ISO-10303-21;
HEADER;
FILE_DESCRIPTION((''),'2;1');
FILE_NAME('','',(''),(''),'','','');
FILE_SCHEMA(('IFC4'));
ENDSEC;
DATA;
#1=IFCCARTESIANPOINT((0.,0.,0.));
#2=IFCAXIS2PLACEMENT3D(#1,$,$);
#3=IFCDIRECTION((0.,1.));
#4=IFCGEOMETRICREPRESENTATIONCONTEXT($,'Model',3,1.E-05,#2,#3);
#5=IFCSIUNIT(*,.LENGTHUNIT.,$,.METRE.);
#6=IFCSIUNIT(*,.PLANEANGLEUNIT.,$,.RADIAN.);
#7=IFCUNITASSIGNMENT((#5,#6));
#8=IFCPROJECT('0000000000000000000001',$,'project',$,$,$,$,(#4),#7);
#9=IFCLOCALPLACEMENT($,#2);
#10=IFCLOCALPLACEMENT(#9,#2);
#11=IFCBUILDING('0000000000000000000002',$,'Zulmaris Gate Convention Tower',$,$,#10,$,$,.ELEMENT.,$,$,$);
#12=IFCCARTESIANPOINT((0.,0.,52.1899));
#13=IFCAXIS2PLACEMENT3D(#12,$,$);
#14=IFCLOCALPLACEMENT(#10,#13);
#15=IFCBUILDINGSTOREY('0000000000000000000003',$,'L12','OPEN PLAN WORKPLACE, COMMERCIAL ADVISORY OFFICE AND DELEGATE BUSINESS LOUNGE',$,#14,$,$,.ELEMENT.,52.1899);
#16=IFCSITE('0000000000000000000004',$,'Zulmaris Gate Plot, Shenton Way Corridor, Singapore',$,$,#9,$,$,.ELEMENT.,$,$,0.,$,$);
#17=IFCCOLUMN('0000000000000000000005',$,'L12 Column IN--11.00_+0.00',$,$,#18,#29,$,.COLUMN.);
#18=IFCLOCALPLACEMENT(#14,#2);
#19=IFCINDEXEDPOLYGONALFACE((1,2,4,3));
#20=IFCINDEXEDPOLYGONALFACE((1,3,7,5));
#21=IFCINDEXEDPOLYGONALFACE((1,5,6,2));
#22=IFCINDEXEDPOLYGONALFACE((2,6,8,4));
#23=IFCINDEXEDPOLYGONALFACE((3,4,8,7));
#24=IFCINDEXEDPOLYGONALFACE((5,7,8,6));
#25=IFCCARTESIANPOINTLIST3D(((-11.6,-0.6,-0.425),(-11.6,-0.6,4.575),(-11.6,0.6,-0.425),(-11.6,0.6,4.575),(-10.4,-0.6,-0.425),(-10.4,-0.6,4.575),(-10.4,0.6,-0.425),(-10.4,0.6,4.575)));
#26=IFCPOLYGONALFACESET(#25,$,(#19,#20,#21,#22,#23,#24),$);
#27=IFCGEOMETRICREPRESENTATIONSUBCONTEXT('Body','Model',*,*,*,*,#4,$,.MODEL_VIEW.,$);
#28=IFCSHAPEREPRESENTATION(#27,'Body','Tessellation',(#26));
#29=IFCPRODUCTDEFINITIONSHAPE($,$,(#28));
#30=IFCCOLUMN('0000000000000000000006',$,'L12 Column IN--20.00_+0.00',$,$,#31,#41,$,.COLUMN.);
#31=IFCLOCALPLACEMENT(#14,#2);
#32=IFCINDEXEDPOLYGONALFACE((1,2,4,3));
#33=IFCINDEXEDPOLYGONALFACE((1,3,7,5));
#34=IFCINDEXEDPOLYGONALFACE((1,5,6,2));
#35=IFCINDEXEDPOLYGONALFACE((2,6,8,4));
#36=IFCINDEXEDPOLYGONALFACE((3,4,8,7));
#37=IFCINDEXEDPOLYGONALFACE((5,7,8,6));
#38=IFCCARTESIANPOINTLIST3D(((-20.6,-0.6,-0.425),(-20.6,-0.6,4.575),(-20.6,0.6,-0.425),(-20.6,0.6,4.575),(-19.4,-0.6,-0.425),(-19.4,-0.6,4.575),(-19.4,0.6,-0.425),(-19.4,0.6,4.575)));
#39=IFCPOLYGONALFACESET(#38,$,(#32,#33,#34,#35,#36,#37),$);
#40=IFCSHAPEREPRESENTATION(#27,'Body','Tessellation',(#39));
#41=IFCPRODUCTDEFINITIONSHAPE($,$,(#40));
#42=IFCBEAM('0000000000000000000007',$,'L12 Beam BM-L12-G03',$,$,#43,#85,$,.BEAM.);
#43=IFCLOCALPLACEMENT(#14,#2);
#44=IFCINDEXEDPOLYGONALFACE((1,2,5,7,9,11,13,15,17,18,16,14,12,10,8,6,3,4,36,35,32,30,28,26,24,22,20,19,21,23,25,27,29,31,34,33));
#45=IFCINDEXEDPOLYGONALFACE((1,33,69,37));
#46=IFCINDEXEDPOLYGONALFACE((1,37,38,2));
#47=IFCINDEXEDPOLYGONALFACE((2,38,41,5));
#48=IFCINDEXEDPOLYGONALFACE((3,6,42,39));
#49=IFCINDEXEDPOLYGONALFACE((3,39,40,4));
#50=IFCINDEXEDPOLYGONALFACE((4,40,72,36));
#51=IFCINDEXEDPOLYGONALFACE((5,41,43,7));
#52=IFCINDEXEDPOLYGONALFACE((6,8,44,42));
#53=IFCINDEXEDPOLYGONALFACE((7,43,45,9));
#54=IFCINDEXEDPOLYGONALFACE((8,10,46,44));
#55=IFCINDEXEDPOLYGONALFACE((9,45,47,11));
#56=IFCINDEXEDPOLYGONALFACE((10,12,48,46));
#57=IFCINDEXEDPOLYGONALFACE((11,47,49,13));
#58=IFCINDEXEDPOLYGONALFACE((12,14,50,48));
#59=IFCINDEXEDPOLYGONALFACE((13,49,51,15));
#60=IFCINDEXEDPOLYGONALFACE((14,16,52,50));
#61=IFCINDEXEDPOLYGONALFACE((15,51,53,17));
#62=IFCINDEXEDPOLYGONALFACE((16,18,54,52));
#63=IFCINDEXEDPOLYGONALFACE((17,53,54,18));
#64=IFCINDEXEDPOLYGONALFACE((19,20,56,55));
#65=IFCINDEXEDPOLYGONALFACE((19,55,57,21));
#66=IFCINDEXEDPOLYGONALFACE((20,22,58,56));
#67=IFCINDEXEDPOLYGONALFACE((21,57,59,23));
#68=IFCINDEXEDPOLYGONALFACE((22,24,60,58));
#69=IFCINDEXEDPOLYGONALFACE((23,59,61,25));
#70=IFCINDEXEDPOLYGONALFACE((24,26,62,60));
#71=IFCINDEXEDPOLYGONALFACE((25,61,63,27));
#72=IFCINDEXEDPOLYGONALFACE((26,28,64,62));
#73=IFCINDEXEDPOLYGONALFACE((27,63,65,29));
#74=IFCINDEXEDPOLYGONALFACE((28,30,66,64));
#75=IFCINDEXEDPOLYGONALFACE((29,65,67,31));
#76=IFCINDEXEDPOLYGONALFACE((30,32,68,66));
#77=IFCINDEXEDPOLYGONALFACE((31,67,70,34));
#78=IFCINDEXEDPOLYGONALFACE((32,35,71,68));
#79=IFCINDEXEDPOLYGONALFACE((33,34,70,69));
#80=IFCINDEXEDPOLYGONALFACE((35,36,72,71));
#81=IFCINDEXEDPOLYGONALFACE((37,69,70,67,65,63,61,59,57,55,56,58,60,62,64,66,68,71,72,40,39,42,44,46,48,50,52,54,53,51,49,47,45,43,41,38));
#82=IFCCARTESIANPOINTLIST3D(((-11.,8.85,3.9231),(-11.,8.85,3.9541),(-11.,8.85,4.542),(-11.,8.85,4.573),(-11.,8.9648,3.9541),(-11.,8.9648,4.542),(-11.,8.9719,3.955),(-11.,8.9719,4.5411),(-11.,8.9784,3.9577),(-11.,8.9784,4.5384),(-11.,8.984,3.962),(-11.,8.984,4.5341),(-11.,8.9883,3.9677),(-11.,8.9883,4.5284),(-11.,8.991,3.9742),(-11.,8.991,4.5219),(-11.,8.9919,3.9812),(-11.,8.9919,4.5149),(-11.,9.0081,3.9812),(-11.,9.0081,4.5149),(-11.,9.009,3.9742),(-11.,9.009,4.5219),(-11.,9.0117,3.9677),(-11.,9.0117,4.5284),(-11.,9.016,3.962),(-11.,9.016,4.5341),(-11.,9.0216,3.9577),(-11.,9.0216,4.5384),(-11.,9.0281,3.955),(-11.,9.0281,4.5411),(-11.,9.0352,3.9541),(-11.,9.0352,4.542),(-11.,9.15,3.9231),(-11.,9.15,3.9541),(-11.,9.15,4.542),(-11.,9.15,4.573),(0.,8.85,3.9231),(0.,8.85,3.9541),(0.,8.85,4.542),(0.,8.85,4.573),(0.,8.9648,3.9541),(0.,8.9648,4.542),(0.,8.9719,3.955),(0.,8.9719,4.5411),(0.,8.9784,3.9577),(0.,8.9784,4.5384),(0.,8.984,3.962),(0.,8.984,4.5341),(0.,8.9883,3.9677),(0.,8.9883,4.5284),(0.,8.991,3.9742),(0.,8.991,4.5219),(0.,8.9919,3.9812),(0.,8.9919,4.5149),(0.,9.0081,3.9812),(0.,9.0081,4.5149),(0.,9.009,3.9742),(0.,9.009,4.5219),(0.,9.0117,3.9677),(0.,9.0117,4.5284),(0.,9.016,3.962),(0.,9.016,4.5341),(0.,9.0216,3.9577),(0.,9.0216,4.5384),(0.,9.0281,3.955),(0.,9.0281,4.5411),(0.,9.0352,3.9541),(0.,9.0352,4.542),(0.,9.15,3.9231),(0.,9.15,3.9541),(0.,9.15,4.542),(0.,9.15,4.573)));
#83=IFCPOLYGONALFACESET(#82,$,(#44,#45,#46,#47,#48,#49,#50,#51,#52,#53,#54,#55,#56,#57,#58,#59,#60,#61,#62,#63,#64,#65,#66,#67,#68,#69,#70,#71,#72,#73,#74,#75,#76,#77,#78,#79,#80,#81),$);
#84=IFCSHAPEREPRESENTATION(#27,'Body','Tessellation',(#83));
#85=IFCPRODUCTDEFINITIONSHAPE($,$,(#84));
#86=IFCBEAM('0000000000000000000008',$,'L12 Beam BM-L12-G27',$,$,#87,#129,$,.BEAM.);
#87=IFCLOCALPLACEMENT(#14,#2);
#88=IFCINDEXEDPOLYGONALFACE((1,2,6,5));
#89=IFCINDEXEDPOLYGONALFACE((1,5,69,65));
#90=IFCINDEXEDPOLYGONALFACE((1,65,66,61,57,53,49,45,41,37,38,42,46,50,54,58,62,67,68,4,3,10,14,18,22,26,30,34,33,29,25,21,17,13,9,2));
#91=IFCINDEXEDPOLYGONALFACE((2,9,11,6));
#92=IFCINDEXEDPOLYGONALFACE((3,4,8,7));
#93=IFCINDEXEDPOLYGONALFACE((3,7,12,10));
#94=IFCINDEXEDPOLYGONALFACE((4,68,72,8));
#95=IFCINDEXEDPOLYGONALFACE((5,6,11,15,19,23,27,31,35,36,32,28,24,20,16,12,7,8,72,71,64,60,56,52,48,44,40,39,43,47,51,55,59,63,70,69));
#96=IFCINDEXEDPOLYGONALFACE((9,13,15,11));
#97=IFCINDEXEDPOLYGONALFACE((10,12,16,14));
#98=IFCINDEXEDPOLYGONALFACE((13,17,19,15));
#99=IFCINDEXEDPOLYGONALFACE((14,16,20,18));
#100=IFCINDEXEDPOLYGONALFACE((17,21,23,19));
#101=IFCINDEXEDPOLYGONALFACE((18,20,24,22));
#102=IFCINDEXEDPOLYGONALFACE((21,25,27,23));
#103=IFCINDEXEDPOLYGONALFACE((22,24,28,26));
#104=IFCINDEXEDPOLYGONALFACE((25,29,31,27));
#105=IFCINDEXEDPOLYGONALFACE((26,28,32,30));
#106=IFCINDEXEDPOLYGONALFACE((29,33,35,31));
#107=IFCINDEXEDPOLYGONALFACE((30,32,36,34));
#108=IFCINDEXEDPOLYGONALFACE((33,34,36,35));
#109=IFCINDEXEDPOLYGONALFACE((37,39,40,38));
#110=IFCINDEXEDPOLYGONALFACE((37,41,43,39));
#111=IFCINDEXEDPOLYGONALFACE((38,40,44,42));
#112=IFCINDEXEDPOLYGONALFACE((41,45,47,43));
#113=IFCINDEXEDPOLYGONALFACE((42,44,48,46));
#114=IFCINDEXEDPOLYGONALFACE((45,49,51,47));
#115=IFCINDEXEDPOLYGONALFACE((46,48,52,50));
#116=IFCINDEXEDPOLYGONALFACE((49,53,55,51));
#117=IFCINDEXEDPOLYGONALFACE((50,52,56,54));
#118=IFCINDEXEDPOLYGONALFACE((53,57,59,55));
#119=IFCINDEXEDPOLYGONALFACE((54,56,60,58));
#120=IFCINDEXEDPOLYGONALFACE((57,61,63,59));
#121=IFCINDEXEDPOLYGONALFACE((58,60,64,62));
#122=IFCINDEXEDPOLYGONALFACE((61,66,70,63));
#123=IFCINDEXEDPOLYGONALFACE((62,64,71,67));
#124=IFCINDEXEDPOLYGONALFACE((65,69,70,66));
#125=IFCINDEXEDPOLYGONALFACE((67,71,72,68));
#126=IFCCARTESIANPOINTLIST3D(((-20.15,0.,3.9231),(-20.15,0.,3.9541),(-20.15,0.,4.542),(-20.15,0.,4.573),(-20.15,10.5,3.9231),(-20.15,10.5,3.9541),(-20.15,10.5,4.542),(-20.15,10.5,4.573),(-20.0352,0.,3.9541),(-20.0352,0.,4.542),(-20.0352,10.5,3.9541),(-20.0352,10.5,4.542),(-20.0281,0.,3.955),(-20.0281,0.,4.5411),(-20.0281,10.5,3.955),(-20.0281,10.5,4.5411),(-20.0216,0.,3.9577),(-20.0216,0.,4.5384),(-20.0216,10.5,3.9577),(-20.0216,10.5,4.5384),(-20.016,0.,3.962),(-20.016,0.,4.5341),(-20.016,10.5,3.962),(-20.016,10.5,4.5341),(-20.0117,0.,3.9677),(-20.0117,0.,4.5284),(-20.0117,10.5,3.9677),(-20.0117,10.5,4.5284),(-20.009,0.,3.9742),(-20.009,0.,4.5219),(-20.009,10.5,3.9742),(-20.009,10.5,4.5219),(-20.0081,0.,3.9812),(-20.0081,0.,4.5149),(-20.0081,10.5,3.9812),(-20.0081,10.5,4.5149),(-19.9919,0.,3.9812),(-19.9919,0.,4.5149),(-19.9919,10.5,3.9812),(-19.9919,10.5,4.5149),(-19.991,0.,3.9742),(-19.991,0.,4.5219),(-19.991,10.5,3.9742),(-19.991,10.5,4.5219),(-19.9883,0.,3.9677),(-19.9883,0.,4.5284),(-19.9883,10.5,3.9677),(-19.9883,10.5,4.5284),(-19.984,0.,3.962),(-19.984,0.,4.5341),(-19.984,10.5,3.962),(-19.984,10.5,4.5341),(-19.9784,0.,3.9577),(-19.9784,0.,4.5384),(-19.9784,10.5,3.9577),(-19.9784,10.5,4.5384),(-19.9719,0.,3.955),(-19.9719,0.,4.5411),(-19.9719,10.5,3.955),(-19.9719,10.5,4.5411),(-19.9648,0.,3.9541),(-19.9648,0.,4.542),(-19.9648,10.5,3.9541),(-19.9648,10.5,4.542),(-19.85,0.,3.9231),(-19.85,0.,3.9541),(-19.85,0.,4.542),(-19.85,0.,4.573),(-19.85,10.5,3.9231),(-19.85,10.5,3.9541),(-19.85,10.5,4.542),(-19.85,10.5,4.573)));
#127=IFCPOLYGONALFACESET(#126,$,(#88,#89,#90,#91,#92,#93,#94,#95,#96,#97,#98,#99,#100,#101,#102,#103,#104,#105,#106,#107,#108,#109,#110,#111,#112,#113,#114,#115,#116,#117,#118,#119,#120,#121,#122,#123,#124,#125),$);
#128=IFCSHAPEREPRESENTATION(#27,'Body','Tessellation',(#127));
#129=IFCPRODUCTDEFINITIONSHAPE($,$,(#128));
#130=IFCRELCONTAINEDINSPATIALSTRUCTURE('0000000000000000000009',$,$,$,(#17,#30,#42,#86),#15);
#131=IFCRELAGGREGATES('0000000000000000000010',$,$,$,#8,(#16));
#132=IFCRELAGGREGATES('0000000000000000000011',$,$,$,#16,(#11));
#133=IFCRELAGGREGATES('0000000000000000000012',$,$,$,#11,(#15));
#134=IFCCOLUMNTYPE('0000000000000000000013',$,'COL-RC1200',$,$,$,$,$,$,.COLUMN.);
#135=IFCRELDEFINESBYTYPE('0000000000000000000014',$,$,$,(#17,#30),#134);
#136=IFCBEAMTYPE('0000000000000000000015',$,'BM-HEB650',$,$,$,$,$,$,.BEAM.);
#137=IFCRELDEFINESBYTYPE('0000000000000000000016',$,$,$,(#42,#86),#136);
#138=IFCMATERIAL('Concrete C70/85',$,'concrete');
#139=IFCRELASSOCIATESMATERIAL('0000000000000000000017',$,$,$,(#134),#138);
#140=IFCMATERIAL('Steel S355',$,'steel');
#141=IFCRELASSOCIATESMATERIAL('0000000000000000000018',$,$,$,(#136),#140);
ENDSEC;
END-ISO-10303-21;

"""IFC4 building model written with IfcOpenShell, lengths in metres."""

from ifc_helpers import new_model, si_unit, direction, frame, origin, origin_2d, place, context, subcontext, project, spatial, rectangle, i_section, extrude, material, material_profile, profile_set, type_object, element, save


model = new_model("IFC4")

# Units and contexts
model_context = context("Model", 3, precision=1e-05, world=origin(), true_north=direction((0.0, 1.0)))
body_context = subcontext(model_context, "Body", "Model", "MODEL_VIEW")
ifc_project = project(units=[si_unit("LENGTHUNIT", "METRE"), si_unit("PLANEANGLEUNIT", "RADIAN")], contexts=[model_context])

# Site, building, storey
site_placement = place(None, origin())
site = spatial("IfcSite", under=ifc_project, at=site_placement, Name="Zulmaris Gate Plot, Shenton Way Corridor, Singapore", CompositionType="ELEMENT", RefElevation=0.0)
building_placement = place(site_placement, origin())
building = spatial("IfcBuilding", under=site, at=building_placement, Name="Zulmaris Gate Convention Tower", CompositionType="ELEMENT")
storey_placement = place(building_placement, frame((0.0, 0.0, 52.1899)))
storey = spatial("IfcBuildingStorey", under=building, at=storey_placement, Name="L12", Description="OPEN PLAN WORKPLACE, COMMERCIAL ADVISORY OFFICE AND DELEGATE BUSINESS LOUNGE", CompositionType="ELEMENT", Elevation=52.1899)

# Columns
ifc_material_1 = material(Name="Concrete C70/85", Category="concrete")
ifc_material_profile_1 = material_profile(ifc_material_1, rectangle(XDim=1.2, YDim=1.2, at=origin_2d()), Name="RC COL 1200x1200")
ifc_profile_set_1 = profile_set([ifc_material_profile_1], Name="Concrete C70/85")
column_type = type_object("IfcColumnType", Name="COL-RC1200", PredefinedType="COLUMN", material=ifc_profile_set_1)
for number, where, z_axis, x_axis, name in (
    (1, (-11.0, 0.0, -0.425), (0.0, 0.0, 1.0), (1.0, 0.0, 0.0), "L12 Column IN--11.00_+0.00"),
    (2, (-20.0, 0.0, -0.425), (0.0, 0.0, 1.0), (1.0, 0.0, 0.0), "L12 Column IN--20.00_+0.00"),
):
    element("IfcColumn", number, at=place(storey_placement, frame(where, z_axis=z_axis, x_axis=x_axis)), inside=storey, type_object=column_type, Name=name, PredefinedType="COLUMN", context=body_context, shape_type="SweptSolid", body=[
        extrude(rectangle(XDim=1.2, YDim=1.2, at=origin_2d()), origin(), (0.0, 0.0, 1.0), 5.0),
    ])

# Beams
ifc_material_2 = material(Name="Steel S355", Category="steel")
ifc_material_profile_2 = material_profile(ifc_material_2, i_section(OverallWidth=0.3, OverallDepth=0.6499, WebThickness=0.0161, FlangeThickness=0.031, FilletRadius=0.0271, at=origin_2d()), Name="HEB 650")
ifc_profile_set_2 = profile_set([ifc_material_profile_2], Name="Steel S355")
beam_type = type_object("IfcBeamType", Name="BM-HEB650", PredefinedType="BEAM", material=ifc_profile_set_2)
beam_1_placement = place(storey_placement, frame((-11.0, 9.0, 4.248), z_axis=(1.0, 0.0, 0.0), x_axis=(0.0, 1.0, 0.0)))
element("IfcBeam", 3, at=beam_1_placement, inside=storey, type_object=beam_type, Name="L12 Beam BM-L12-G03", PredefinedType="BEAM", context=body_context, shape_type="SweptSolid", body=[
    extrude(i_section(OverallWidth=0.3, OverallDepth=0.6499, WebThickness=0.0161, FlangeThickness=0.031, FilletRadius=0.0271, at=origin_2d()), origin(), (0.0, 0.0, 1.0), 11.0),
])
beam_2_placement = place(storey_placement, frame((-20.0, 0.0, 4.248), z_axis=(0.0, 1.0, 0.0), x_axis=(-1.0, 0.0, 0.0)))
element("IfcBeam", 4, at=beam_2_placement, inside=storey, type_object=beam_type, Name="L12 Beam BM-L12-G27", PredefinedType="BEAM", context=body_context, shape_type="SweptSolid", body=[
    extrude(i_section(OverallWidth=0.3, OverallDepth=0.6499, WebThickness=0.0161, FlangeThickness=0.031, FilletRadius=0.0271, at=origin_2d()), origin(), (0.0, 0.0, 1.0), 10.5),
])

save(model, "model.ifc")
